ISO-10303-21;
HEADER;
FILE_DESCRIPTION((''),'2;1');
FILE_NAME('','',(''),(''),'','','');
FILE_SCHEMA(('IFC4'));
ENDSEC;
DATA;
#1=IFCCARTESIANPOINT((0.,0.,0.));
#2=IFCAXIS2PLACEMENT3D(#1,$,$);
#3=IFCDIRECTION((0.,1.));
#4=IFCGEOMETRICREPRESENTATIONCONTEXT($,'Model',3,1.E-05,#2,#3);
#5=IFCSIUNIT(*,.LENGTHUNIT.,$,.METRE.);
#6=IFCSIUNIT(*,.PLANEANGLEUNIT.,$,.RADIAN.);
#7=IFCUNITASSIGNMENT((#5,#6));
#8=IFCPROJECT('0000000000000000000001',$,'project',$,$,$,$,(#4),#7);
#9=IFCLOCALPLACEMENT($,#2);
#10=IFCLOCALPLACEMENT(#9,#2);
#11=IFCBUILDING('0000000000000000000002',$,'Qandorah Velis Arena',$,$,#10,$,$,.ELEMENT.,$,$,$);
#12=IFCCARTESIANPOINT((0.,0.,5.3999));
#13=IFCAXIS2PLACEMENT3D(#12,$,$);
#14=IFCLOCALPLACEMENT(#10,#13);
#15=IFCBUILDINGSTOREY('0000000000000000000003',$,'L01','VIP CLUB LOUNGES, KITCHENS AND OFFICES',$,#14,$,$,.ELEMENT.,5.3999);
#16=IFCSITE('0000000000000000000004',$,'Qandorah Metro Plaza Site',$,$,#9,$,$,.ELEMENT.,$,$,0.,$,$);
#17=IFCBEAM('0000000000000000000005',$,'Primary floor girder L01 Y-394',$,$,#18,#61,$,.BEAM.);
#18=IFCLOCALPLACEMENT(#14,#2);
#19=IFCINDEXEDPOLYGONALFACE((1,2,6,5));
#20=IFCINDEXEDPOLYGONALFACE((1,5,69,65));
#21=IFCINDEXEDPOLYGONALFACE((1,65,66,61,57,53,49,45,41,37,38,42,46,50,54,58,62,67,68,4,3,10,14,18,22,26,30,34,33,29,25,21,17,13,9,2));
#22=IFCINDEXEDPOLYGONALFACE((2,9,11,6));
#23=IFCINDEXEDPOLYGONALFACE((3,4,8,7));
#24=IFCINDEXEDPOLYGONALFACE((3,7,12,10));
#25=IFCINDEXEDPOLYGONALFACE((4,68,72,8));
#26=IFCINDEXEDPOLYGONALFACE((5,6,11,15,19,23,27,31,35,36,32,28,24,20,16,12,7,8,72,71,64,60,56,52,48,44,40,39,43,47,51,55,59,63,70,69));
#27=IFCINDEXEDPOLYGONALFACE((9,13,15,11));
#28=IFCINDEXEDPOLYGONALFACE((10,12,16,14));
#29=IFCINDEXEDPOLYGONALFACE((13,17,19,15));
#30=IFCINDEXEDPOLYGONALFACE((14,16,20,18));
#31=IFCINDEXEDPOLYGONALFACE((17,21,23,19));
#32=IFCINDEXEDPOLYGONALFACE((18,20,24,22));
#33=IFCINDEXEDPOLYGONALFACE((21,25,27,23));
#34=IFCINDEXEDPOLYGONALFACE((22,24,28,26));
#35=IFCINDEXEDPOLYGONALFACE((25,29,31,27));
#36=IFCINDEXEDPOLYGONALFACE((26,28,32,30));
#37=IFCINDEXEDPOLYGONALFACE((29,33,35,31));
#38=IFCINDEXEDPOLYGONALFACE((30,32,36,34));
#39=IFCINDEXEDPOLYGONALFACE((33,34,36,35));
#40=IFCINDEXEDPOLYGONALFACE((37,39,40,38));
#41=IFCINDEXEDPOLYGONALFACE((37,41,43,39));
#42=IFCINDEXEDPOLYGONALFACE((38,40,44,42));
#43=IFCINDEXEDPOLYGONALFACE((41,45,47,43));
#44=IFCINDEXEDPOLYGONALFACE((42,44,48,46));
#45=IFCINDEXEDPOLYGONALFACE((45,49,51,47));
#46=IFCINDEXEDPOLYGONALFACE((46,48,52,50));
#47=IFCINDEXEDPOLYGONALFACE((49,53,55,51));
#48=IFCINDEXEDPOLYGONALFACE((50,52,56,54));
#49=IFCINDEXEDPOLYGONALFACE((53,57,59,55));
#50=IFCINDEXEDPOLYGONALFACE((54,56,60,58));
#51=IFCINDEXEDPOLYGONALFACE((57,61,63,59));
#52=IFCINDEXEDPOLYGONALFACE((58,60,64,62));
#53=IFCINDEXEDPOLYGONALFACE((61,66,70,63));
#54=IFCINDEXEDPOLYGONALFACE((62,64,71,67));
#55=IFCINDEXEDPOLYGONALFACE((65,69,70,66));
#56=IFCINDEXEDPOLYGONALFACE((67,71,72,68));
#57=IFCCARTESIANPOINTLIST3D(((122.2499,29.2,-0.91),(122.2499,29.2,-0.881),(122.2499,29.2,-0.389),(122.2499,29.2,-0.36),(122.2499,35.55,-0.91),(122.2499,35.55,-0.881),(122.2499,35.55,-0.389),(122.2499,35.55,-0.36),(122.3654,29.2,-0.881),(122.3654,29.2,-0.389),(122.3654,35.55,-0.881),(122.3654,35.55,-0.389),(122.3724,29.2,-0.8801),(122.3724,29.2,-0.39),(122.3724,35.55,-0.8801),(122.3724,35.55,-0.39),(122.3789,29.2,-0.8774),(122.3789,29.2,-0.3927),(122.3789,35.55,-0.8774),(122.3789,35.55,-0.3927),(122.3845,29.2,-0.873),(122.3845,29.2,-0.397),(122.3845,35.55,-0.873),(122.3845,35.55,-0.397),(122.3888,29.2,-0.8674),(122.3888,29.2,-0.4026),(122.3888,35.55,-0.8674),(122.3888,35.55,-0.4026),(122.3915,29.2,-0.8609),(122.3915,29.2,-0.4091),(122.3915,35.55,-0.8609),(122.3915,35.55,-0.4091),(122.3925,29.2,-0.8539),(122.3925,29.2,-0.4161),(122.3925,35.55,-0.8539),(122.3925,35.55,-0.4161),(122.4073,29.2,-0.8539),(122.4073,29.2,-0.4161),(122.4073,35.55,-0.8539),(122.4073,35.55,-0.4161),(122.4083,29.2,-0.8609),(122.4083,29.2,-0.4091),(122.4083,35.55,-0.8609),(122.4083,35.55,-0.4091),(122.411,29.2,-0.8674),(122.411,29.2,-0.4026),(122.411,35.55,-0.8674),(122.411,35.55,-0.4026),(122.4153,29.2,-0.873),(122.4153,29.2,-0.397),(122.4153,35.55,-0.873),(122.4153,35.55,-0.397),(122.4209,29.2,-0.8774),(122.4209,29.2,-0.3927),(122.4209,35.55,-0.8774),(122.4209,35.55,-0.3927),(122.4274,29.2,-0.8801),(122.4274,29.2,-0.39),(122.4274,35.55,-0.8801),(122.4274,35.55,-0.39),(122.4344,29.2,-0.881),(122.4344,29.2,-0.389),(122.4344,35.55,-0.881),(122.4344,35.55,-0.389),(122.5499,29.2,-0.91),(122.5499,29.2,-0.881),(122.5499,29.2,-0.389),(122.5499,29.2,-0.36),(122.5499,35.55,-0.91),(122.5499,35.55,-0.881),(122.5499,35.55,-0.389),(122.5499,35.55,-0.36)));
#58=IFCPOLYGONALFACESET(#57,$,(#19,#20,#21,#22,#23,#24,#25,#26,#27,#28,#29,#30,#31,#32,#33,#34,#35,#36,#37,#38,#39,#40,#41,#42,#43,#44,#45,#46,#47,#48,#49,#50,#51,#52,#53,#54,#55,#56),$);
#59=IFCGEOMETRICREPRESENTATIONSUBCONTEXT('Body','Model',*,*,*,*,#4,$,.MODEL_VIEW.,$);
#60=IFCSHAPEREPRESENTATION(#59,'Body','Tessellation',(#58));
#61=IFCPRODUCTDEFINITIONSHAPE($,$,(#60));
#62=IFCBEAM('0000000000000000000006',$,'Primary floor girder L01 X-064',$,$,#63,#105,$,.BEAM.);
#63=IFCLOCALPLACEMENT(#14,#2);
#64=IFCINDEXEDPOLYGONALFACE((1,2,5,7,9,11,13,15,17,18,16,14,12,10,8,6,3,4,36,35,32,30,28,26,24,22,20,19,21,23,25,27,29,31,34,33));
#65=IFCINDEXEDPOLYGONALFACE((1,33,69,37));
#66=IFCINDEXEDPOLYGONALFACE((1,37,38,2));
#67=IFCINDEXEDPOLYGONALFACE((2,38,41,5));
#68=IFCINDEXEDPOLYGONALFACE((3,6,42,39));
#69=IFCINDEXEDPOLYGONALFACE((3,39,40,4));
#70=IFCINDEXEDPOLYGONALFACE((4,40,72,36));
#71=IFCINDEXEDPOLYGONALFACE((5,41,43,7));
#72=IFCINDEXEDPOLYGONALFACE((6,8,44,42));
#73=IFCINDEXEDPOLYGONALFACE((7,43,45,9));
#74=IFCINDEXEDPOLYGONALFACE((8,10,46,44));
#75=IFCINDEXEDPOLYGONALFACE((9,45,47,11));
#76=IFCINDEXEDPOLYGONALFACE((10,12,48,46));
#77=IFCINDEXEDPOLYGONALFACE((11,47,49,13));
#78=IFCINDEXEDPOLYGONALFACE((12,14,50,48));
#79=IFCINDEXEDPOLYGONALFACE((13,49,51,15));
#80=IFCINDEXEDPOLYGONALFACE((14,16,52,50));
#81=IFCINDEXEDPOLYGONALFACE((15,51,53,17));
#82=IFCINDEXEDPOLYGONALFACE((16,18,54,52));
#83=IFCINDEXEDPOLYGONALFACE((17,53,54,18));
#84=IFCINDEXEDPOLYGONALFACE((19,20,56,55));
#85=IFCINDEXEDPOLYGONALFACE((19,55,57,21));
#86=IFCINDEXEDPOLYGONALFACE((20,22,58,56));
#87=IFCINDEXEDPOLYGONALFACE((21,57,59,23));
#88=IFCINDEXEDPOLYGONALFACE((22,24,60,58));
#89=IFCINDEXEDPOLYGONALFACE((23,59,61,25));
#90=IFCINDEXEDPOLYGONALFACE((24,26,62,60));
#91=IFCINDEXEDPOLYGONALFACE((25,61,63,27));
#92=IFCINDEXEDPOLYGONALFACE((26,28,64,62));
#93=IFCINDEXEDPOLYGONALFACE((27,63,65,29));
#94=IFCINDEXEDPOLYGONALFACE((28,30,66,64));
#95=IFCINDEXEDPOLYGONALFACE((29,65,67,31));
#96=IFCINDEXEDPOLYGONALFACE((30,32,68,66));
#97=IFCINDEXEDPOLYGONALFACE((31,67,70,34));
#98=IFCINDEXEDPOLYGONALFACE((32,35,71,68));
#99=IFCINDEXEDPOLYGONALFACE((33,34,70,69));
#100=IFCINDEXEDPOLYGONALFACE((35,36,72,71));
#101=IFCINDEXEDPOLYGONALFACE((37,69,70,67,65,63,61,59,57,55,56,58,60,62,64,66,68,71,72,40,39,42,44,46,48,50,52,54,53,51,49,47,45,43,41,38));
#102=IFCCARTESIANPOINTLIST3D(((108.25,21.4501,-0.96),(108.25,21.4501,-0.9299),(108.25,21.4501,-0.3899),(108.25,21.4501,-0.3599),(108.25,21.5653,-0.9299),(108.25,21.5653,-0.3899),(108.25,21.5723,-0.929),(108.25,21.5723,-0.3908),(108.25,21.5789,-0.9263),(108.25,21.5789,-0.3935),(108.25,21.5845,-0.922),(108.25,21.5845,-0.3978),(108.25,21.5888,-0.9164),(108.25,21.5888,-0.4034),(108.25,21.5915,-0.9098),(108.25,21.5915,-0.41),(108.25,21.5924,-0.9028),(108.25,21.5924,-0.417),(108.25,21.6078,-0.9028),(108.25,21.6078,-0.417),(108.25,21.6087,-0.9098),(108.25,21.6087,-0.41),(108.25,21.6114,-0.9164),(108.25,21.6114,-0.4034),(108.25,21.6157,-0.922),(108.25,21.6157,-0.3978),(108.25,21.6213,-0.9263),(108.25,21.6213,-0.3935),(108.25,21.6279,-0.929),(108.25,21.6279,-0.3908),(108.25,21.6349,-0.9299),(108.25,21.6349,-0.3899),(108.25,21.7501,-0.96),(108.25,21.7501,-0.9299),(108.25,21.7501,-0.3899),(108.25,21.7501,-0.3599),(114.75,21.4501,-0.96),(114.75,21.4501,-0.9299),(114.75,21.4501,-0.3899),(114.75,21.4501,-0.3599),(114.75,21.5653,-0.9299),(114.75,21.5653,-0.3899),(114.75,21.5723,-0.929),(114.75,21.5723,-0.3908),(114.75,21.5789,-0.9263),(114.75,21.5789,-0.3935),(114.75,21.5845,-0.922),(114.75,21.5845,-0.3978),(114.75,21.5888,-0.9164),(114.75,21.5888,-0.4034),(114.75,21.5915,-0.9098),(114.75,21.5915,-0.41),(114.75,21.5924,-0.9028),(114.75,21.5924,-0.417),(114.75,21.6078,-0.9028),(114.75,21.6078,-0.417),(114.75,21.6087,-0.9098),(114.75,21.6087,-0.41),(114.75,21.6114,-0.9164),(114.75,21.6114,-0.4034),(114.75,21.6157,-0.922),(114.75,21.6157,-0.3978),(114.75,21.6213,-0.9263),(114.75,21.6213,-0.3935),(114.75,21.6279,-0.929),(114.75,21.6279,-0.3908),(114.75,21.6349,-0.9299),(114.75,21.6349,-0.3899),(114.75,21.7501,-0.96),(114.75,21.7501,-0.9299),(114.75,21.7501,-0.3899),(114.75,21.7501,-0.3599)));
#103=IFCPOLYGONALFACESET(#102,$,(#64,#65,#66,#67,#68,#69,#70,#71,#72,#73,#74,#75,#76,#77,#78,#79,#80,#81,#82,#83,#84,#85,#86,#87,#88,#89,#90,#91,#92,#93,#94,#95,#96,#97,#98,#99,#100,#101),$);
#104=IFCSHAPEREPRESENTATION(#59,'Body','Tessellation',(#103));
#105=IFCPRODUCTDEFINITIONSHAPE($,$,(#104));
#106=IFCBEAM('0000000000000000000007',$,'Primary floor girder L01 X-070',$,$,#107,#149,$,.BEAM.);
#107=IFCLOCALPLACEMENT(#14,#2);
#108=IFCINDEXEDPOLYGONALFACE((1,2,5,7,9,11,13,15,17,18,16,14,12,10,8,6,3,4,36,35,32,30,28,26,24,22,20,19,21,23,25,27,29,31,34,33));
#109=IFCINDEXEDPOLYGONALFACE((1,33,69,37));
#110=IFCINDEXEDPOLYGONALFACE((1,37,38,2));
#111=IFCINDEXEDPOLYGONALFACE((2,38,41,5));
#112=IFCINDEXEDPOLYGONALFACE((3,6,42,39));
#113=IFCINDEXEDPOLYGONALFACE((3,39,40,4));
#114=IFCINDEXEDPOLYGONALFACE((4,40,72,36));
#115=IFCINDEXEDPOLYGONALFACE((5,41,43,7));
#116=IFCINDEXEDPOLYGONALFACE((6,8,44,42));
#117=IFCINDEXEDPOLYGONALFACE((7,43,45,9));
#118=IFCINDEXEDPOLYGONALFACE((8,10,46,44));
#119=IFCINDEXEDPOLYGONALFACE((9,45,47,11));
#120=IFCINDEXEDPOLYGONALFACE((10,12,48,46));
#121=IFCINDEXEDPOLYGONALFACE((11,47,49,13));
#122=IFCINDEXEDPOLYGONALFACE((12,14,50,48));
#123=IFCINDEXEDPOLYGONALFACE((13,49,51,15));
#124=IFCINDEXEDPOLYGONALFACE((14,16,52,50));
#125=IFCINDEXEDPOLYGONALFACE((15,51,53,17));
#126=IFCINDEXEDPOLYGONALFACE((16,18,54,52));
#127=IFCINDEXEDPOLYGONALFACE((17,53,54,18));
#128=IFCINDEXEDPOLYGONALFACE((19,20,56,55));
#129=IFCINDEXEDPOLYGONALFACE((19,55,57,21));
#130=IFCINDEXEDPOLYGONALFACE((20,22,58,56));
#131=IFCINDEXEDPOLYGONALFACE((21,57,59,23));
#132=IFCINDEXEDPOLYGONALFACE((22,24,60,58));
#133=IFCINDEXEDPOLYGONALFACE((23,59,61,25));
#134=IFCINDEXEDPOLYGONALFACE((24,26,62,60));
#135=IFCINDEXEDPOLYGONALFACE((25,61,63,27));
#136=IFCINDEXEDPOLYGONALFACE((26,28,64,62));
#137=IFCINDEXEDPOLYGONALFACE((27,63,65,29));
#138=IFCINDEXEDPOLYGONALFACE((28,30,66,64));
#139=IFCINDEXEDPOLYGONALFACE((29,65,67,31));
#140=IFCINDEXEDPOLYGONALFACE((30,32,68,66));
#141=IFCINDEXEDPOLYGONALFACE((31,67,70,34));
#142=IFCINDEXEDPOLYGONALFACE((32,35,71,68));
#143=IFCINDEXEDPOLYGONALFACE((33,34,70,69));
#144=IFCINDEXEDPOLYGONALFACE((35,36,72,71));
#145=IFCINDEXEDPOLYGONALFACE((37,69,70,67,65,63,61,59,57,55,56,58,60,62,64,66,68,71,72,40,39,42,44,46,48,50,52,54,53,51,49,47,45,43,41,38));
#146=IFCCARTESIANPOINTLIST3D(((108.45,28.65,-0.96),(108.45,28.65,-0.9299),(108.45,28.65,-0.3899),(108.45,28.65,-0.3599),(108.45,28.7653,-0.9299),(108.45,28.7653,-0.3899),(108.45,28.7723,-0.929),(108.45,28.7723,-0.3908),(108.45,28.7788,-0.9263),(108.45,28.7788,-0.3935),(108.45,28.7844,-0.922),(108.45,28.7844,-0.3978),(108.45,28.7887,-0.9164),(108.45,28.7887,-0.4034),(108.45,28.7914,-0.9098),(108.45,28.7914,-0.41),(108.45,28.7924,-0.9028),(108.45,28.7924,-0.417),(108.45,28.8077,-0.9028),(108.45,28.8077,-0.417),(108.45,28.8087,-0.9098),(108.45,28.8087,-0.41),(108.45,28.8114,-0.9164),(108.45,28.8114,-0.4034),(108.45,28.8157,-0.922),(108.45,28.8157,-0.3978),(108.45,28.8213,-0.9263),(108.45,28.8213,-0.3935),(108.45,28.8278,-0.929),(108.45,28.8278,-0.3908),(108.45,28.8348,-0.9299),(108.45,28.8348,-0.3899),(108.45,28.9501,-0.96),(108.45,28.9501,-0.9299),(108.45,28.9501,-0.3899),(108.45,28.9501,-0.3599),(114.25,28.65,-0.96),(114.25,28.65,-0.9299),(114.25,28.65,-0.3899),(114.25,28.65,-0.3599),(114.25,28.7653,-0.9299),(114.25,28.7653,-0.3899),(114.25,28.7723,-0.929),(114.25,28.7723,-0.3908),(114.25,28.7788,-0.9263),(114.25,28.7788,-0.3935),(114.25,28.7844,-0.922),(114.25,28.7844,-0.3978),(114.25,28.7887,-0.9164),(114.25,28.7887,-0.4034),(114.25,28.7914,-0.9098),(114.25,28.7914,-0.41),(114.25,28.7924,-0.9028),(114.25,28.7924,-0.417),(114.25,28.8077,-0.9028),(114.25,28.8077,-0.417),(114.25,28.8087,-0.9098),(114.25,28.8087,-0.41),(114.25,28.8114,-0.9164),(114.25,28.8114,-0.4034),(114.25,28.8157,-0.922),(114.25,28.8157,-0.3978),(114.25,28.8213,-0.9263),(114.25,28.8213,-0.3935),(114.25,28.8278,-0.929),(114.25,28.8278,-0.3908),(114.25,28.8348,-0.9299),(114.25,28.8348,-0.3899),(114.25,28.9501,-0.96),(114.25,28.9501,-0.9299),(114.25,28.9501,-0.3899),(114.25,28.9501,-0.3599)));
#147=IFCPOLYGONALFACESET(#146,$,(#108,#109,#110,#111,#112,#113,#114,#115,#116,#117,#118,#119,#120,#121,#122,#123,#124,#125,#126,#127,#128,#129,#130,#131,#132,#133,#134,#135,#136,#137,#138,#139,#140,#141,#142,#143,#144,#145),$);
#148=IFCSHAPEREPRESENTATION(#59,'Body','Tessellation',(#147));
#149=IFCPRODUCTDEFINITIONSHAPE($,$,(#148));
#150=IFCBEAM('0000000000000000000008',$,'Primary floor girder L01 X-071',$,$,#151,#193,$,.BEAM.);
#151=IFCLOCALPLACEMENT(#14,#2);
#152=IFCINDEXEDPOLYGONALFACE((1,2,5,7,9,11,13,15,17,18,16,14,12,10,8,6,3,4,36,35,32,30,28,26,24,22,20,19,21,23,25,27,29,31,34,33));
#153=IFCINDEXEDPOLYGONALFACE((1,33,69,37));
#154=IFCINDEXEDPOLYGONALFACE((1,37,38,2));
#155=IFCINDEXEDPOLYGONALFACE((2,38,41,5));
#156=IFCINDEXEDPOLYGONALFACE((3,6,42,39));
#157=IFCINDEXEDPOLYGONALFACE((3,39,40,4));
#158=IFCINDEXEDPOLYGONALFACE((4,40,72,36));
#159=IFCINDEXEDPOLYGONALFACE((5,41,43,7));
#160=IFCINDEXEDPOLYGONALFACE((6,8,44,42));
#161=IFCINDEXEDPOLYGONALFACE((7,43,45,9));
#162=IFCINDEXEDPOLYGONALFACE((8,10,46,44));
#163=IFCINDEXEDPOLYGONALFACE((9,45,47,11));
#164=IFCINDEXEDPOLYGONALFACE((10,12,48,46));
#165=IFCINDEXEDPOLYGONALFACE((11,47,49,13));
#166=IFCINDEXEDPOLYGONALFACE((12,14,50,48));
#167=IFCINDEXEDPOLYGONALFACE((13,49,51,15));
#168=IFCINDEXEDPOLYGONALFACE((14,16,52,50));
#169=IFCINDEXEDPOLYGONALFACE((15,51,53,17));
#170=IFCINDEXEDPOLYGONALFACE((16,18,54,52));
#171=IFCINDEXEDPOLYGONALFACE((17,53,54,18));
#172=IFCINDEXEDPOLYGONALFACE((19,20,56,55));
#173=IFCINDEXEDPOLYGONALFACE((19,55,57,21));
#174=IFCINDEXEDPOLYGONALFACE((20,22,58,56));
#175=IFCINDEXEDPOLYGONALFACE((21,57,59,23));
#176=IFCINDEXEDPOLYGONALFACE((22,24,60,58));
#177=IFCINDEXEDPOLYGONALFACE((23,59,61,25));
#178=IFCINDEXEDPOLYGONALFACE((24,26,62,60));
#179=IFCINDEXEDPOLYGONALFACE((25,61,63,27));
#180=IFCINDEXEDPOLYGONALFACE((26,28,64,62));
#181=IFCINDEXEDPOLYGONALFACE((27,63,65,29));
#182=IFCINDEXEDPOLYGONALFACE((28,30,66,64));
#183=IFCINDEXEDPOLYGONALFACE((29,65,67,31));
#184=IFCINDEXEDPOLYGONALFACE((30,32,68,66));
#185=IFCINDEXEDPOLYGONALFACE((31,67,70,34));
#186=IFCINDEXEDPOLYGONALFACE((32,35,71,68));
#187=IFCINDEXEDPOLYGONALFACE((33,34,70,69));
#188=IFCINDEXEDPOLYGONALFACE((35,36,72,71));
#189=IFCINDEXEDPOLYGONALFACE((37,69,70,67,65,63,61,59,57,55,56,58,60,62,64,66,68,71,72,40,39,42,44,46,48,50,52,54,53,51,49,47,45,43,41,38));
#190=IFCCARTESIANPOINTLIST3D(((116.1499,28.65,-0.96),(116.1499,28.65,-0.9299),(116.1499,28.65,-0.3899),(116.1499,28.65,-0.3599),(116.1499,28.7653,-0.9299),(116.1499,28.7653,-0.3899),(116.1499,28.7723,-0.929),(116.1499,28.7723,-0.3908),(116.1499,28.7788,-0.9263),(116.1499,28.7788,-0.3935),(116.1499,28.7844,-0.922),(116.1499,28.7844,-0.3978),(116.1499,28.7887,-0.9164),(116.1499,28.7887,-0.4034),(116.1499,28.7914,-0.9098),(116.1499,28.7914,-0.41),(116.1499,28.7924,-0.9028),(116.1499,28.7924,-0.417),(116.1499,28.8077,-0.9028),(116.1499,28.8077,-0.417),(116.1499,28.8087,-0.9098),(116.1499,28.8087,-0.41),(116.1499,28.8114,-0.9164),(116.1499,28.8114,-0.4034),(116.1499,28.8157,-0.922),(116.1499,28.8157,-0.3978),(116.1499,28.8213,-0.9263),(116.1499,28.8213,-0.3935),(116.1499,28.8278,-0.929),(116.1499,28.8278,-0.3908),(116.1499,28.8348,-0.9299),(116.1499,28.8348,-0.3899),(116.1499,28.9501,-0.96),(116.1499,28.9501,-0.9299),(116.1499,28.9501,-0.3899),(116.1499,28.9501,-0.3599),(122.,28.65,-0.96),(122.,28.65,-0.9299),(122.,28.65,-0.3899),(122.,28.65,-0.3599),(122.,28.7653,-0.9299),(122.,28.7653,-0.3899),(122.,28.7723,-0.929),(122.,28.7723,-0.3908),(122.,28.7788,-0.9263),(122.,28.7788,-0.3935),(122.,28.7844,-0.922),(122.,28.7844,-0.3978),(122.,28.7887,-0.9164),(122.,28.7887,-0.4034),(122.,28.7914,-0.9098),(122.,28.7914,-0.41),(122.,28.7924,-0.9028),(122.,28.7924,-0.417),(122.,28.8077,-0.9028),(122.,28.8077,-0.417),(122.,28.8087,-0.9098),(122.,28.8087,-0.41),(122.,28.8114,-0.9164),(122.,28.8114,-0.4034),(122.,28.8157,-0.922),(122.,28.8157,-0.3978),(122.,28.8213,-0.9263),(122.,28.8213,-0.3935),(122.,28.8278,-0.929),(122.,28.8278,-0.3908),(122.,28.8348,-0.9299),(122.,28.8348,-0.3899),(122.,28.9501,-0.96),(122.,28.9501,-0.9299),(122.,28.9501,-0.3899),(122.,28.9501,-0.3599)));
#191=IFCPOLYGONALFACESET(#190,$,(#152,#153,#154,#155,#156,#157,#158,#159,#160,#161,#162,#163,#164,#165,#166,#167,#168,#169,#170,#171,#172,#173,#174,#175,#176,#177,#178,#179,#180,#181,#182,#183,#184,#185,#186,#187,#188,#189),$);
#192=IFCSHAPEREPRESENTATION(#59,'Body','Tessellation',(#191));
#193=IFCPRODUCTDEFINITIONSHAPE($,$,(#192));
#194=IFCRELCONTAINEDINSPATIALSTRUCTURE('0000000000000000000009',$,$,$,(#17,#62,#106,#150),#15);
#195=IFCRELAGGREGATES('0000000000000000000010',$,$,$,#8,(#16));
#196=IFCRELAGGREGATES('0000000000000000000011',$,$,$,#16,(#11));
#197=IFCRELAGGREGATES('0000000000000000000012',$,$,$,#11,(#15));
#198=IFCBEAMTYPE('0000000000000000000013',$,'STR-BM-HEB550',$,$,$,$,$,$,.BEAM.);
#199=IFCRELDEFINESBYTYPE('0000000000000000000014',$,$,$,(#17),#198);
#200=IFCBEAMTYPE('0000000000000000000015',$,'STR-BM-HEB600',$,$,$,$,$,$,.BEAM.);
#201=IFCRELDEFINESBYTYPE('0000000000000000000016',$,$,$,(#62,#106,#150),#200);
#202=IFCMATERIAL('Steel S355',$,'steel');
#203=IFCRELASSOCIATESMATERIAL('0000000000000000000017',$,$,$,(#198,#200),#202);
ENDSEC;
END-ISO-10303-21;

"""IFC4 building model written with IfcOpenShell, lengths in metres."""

from ifc_helpers import new_model, si_unit, direction, frame, origin, origin_2d, place, context, subcontext, project, spatial, i_section, extrude, material, material_profile, profile_set, type_object, element, save


model = new_model("IFC4")

# Units and contexts
model_context = context("Model", 3, precision=1e-05, world=origin(), true_north=direction((0.0, 1.0)))
body_context = subcontext(model_context, "Body", "Model", "MODEL_VIEW")
ifc_project = project(units=[si_unit("LENGTHUNIT", "METRE"), si_unit("PLANEANGLEUNIT", "RADIAN")], contexts=[model_context])

# Site, building, storey
site_placement = place(None, origin())
site = spatial("IfcSite", under=ifc_project, at=site_placement, Name="Qandorah Metro Plaza Site", CompositionType="ELEMENT", RefElevation=0.0)
building_placement = place(site_placement, origin())
building = spatial("IfcBuilding", under=site, at=building_placement, Name="Qandorah Velis Arena", CompositionType="ELEMENT")
storey_placement = place(building_placement, frame((0.0, 0.0, 5.3999)))
storey = spatial("IfcBuildingStorey", under=building, at=storey_placement, Name="L01", Description="VIP CLUB LOUNGES, KITCHENS AND OFFICES", CompositionType="ELEMENT", Elevation=5.3999)

# Beams
ifc_material_1 = material(Name="Steel S355", Category="steel")
ifc_material_profile_1 = material_profile(ifc_material_1, i_section(OverallWidth=0.3, OverallDepth=0.55, WebThickness=0.0149, FlangeThickness=0.0291, FilletRadius=0.0271, at=origin_2d()), Name="HEB 550")
ifc_profile_set_1 = profile_set([ifc_material_profile_1], Name="Steel S355")
beam_type_1 = type_object("IfcBeamType", Name="STR-BM-HEB550", PredefinedType="BEAM", material=ifc_profile_set_1)
beam_1_placement = place(storey_placement, frame((122.3999, 29.2, -0.635), z_axis=(0.0, 1.0, 0.0), x_axis=(-1.0, 0.0, 0.0)))
element("IfcBeam", 1, at=beam_1_placement, inside=storey, type_object=beam_type_1, Name="Primary floor girder L01 Y-394", PredefinedType="BEAM", context=body_context, shape_type="SweptSolid", body=[
    extrude(i_section(OverallWidth=0.3, OverallDepth=0.55, WebThickness=0.0149, FlangeThickness=0.0291, FilletRadius=0.0271, at=origin_2d()), origin(), (0.0, 0.0, 1.0), 6.3501),
])
ifc_material_profile_2 = material_profile(ifc_material_1, i_section(OverallWidth=0.3, OverallDepth=0.6001, WebThickness=0.0154, FlangeThickness=0.03, FilletRadius=0.0271, at=origin_2d()), Name="HEB 600")
ifc_profile_set_2 = profile_set([ifc_material_profile_2], Name="Steel S355")
beam_type_2 = type_object("IfcBeamType", Name="STR-BM-HEB600", PredefinedType="BEAM", material=ifc_profile_set_2)
beam_2_placement = place(storey_placement, frame((108.25, 21.6001, -0.6599), z_axis=(1.0, 0.0, 0.0), x_axis=(0.0, 1.0, 0.0)))
element("IfcBeam", 2, at=beam_2_placement, inside=storey, type_object=beam_type_2, Name="Primary floor girder L01 X-064", PredefinedType="BEAM", context=body_context, shape_type="SweptSolid", body=[
    extrude(i_section(OverallWidth=0.3, OverallDepth=0.6001, WebThickness=0.0154, FlangeThickness=0.03, FilletRadius=0.0271, at=origin_2d()), origin(), (0.0, 0.0, 1.0), 6.5),
])
beam_3_placement = place(storey_placement, frame((108.45, 28.8, -0.6599), z_axis=(1.0, 0.0, 0.0), x_axis=(0.0, 1.0, 0.0)))
element("IfcBeam", 3, at=beam_3_placement, inside=storey, type_object=beam_type_2, Name="Primary floor girder L01 X-070", PredefinedType="BEAM", context=body_context, shape_type="SweptSolid", body=[
    extrude(i_section(OverallWidth=0.3, OverallDepth=0.6001, WebThickness=0.0154, FlangeThickness=0.03, FilletRadius=0.0271, at=origin_2d()), origin(), (0.0, 0.0, 1.0), 5.8),
])
beam_4_placement = place(storey_placement, frame((116.1499, 28.8, -0.6599), z_axis=(1.0, 0.0, 0.0), x_axis=(0.0, 1.0, 0.0)))
element("IfcBeam", 4, at=beam_4_placement, inside=storey, type_object=beam_type_2, Name="Primary floor girder L01 X-071", PredefinedType="BEAM", context=body_context, shape_type="SweptSolid", body=[
    extrude(i_section(OverallWidth=0.3, OverallDepth=0.6001, WebThickness=0.0154, FlangeThickness=0.03, FilletRadius=0.0271, at=origin_2d()), origin(), (0.0, 0.0, 1.0), 5.8501),
])

save(model, "model.ifc")
